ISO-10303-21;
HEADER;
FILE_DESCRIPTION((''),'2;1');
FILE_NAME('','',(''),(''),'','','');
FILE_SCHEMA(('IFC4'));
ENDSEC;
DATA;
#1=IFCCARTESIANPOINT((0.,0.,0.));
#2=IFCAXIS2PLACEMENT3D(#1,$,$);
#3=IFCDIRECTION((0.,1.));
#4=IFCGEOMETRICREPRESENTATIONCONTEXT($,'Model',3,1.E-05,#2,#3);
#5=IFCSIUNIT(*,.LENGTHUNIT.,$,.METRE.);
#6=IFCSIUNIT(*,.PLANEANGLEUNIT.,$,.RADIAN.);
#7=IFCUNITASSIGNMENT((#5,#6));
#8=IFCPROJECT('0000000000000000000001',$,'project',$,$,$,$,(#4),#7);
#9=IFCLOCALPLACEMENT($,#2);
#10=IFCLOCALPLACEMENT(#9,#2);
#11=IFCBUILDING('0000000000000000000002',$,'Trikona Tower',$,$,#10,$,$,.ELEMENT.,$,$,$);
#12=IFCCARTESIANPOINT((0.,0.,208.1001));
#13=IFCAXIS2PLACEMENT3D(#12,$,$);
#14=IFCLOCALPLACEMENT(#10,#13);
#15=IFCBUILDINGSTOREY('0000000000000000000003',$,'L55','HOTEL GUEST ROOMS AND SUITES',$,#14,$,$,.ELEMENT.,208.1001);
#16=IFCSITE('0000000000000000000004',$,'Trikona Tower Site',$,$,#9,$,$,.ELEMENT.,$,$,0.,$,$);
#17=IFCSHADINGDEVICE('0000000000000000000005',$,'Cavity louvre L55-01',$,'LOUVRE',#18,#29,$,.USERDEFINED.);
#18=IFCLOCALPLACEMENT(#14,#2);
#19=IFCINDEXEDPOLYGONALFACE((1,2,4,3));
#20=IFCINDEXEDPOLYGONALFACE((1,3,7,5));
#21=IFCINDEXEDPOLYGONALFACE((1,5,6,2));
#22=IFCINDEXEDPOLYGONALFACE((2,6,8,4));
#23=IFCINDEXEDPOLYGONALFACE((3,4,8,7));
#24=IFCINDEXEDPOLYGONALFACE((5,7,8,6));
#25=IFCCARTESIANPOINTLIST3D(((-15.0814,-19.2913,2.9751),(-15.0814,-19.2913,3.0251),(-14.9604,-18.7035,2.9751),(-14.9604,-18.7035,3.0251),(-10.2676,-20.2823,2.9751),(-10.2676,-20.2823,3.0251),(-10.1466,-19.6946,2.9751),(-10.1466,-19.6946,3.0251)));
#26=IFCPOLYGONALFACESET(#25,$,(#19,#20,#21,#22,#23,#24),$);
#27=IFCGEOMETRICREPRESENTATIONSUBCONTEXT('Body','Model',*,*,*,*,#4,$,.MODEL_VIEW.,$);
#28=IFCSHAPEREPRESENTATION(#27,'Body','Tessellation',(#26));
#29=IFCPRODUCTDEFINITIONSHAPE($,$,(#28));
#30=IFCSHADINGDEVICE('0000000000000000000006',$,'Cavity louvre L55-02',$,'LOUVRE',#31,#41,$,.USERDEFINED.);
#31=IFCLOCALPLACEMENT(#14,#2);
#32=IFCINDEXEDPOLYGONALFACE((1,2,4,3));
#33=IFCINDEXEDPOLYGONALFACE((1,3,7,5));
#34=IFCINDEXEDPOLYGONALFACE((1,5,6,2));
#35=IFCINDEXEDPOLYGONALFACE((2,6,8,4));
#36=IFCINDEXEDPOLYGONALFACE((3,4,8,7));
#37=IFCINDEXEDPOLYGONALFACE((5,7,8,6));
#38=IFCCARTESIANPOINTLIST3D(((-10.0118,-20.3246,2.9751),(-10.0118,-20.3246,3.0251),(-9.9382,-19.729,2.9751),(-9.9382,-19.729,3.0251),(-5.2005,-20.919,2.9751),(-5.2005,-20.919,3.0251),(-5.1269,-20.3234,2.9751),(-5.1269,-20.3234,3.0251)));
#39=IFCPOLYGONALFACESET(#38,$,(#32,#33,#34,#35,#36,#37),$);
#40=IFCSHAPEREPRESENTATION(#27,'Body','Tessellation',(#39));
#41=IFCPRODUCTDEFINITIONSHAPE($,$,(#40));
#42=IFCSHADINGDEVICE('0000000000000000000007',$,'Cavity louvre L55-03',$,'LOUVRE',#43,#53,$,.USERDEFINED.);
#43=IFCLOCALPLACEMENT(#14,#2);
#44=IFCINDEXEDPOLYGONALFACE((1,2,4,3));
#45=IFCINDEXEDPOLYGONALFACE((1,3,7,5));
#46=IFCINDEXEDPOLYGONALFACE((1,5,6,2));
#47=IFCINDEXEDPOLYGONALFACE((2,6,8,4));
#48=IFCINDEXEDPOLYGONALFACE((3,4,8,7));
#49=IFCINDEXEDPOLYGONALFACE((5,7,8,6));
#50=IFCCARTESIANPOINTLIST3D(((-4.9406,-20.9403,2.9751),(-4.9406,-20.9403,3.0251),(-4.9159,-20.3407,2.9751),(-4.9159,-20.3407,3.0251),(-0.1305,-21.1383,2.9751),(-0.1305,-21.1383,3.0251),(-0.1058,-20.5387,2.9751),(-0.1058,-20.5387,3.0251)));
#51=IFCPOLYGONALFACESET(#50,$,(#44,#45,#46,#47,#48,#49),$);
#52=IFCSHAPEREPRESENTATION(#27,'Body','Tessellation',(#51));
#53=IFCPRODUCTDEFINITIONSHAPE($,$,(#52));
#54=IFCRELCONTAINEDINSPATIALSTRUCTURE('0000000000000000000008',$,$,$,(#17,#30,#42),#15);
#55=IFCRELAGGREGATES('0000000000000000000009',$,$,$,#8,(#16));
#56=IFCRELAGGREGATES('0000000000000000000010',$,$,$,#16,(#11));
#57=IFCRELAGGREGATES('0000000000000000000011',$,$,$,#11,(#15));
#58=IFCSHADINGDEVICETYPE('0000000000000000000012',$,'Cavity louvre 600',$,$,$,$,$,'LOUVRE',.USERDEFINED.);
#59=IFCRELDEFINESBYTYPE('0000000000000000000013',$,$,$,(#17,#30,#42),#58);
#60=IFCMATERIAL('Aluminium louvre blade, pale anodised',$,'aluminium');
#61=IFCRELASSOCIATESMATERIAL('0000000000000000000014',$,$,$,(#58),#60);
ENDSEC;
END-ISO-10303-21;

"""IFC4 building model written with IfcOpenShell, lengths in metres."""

from ifc_helpers import new_model, si_unit, direction, frame, origin, origin_2d, place, context, subcontext, project, spatial, rectangle, extrude, material, type_object, element, save


model = new_model("IFC4")

# Units and contexts
model_context = context("Model", 3, precision=1e-05, world=origin(), true_north=direction((0.0, 1.0)))
body_context = subcontext(model_context, "Body", "Model", "MODEL_VIEW")
ifc_project = project(units=[si_unit("LENGTHUNIT", "METRE"), si_unit("PLANEANGLEUNIT", "RADIAN")], contexts=[model_context])

# Site, building, storey
site_placement = place(None, origin())
site = spatial("IfcSite", under=ifc_project, at=site_placement, Name="Trikona Tower Site", CompositionType="ELEMENT", RefElevation=0.0)
building_placement = place(site_placement, origin())
building = spatial("IfcBuilding", under=site, at=building_placement, Name="Trikona Tower", CompositionType="ELEMENT")
storey_placement = place(building_placement, frame((0.0, 0.0, 208.1001)))
storey = spatial("IfcBuildingStorey", under=building, at=storey_placement, Name="L55", Description="HOTEL GUEST ROOMS AND SUITES", CompositionType="ELEMENT", Elevation=208.1001)

# Shading devices
ifc_material_1 = material(Name="Aluminium louvre blade, pale anodised", Category="aluminium")
shading_device_type = type_object("IfcShadingDeviceType", Name="Cavity louvre 600", ElementType="LOUVRE", PredefinedType="USERDEFINED", material=ifc_material_1)
shading_device_1_placement = place(storey_placement, frame((-12.614, -19.4929, 2.9751), z_axis=(0.0, 0.0, 1.0), x_axis=(0.979458, -0.201651, 0.0)))
element("IfcShadingDevice", 1, at=shading_device_1_placement, inside=storey, type_object=shading_device_type, Name="Cavity louvre L55-01", ObjectType="LOUVRE", PredefinedType="USERDEFINED", context=body_context, shape_type="SweptSolid", body=[
    extrude(rectangle(XDim=4.9148, YDim=0.6001, at=origin_2d()), origin(), (0.0, 0.0, 1.0), 0.05),
])
shading_device_2_placement = place(storey_placement, frame((-7.5693, -20.324, 2.9751), z_axis=(0.0, 0.0, 1.0), x_axis=(0.992455, -0.122607, 0.0)))
element("IfcShadingDevice", 2, at=shading_device_2_placement, inside=storey, type_object=shading_device_type, Name="Cavity louvre L55-02", ObjectType="LOUVRE", PredefinedType="USERDEFINED", context=body_context, shape_type="SweptSolid", body=[
    extrude(rectangle(XDim=4.8479, YDim=0.6001, at=origin_2d()), origin(), (0.0, 0.0, 1.0), 0.05),
])
shading_device_3_placement = place(storey_placement, frame((-2.5232, -20.7395, 2.9751), z_axis=(0.0, 0.0, 1.0), x_axis=(0.999153, -0.041145, 0.0)))
element("IfcShadingDevice", 3, at=shading_device_3_placement, inside=storey, type_object=shading_device_type, Name="Cavity louvre L55-03", ObjectType="LOUVRE", PredefinedType="USERDEFINED", context=body_context, shape_type="SweptSolid", body=[
    extrude(rectangle(XDim=4.8142, YDim=0.6001, at=origin_2d()), origin(), (0.0, 0.0, 1.0), 0.05),
])

save(model, "model.ifc")
